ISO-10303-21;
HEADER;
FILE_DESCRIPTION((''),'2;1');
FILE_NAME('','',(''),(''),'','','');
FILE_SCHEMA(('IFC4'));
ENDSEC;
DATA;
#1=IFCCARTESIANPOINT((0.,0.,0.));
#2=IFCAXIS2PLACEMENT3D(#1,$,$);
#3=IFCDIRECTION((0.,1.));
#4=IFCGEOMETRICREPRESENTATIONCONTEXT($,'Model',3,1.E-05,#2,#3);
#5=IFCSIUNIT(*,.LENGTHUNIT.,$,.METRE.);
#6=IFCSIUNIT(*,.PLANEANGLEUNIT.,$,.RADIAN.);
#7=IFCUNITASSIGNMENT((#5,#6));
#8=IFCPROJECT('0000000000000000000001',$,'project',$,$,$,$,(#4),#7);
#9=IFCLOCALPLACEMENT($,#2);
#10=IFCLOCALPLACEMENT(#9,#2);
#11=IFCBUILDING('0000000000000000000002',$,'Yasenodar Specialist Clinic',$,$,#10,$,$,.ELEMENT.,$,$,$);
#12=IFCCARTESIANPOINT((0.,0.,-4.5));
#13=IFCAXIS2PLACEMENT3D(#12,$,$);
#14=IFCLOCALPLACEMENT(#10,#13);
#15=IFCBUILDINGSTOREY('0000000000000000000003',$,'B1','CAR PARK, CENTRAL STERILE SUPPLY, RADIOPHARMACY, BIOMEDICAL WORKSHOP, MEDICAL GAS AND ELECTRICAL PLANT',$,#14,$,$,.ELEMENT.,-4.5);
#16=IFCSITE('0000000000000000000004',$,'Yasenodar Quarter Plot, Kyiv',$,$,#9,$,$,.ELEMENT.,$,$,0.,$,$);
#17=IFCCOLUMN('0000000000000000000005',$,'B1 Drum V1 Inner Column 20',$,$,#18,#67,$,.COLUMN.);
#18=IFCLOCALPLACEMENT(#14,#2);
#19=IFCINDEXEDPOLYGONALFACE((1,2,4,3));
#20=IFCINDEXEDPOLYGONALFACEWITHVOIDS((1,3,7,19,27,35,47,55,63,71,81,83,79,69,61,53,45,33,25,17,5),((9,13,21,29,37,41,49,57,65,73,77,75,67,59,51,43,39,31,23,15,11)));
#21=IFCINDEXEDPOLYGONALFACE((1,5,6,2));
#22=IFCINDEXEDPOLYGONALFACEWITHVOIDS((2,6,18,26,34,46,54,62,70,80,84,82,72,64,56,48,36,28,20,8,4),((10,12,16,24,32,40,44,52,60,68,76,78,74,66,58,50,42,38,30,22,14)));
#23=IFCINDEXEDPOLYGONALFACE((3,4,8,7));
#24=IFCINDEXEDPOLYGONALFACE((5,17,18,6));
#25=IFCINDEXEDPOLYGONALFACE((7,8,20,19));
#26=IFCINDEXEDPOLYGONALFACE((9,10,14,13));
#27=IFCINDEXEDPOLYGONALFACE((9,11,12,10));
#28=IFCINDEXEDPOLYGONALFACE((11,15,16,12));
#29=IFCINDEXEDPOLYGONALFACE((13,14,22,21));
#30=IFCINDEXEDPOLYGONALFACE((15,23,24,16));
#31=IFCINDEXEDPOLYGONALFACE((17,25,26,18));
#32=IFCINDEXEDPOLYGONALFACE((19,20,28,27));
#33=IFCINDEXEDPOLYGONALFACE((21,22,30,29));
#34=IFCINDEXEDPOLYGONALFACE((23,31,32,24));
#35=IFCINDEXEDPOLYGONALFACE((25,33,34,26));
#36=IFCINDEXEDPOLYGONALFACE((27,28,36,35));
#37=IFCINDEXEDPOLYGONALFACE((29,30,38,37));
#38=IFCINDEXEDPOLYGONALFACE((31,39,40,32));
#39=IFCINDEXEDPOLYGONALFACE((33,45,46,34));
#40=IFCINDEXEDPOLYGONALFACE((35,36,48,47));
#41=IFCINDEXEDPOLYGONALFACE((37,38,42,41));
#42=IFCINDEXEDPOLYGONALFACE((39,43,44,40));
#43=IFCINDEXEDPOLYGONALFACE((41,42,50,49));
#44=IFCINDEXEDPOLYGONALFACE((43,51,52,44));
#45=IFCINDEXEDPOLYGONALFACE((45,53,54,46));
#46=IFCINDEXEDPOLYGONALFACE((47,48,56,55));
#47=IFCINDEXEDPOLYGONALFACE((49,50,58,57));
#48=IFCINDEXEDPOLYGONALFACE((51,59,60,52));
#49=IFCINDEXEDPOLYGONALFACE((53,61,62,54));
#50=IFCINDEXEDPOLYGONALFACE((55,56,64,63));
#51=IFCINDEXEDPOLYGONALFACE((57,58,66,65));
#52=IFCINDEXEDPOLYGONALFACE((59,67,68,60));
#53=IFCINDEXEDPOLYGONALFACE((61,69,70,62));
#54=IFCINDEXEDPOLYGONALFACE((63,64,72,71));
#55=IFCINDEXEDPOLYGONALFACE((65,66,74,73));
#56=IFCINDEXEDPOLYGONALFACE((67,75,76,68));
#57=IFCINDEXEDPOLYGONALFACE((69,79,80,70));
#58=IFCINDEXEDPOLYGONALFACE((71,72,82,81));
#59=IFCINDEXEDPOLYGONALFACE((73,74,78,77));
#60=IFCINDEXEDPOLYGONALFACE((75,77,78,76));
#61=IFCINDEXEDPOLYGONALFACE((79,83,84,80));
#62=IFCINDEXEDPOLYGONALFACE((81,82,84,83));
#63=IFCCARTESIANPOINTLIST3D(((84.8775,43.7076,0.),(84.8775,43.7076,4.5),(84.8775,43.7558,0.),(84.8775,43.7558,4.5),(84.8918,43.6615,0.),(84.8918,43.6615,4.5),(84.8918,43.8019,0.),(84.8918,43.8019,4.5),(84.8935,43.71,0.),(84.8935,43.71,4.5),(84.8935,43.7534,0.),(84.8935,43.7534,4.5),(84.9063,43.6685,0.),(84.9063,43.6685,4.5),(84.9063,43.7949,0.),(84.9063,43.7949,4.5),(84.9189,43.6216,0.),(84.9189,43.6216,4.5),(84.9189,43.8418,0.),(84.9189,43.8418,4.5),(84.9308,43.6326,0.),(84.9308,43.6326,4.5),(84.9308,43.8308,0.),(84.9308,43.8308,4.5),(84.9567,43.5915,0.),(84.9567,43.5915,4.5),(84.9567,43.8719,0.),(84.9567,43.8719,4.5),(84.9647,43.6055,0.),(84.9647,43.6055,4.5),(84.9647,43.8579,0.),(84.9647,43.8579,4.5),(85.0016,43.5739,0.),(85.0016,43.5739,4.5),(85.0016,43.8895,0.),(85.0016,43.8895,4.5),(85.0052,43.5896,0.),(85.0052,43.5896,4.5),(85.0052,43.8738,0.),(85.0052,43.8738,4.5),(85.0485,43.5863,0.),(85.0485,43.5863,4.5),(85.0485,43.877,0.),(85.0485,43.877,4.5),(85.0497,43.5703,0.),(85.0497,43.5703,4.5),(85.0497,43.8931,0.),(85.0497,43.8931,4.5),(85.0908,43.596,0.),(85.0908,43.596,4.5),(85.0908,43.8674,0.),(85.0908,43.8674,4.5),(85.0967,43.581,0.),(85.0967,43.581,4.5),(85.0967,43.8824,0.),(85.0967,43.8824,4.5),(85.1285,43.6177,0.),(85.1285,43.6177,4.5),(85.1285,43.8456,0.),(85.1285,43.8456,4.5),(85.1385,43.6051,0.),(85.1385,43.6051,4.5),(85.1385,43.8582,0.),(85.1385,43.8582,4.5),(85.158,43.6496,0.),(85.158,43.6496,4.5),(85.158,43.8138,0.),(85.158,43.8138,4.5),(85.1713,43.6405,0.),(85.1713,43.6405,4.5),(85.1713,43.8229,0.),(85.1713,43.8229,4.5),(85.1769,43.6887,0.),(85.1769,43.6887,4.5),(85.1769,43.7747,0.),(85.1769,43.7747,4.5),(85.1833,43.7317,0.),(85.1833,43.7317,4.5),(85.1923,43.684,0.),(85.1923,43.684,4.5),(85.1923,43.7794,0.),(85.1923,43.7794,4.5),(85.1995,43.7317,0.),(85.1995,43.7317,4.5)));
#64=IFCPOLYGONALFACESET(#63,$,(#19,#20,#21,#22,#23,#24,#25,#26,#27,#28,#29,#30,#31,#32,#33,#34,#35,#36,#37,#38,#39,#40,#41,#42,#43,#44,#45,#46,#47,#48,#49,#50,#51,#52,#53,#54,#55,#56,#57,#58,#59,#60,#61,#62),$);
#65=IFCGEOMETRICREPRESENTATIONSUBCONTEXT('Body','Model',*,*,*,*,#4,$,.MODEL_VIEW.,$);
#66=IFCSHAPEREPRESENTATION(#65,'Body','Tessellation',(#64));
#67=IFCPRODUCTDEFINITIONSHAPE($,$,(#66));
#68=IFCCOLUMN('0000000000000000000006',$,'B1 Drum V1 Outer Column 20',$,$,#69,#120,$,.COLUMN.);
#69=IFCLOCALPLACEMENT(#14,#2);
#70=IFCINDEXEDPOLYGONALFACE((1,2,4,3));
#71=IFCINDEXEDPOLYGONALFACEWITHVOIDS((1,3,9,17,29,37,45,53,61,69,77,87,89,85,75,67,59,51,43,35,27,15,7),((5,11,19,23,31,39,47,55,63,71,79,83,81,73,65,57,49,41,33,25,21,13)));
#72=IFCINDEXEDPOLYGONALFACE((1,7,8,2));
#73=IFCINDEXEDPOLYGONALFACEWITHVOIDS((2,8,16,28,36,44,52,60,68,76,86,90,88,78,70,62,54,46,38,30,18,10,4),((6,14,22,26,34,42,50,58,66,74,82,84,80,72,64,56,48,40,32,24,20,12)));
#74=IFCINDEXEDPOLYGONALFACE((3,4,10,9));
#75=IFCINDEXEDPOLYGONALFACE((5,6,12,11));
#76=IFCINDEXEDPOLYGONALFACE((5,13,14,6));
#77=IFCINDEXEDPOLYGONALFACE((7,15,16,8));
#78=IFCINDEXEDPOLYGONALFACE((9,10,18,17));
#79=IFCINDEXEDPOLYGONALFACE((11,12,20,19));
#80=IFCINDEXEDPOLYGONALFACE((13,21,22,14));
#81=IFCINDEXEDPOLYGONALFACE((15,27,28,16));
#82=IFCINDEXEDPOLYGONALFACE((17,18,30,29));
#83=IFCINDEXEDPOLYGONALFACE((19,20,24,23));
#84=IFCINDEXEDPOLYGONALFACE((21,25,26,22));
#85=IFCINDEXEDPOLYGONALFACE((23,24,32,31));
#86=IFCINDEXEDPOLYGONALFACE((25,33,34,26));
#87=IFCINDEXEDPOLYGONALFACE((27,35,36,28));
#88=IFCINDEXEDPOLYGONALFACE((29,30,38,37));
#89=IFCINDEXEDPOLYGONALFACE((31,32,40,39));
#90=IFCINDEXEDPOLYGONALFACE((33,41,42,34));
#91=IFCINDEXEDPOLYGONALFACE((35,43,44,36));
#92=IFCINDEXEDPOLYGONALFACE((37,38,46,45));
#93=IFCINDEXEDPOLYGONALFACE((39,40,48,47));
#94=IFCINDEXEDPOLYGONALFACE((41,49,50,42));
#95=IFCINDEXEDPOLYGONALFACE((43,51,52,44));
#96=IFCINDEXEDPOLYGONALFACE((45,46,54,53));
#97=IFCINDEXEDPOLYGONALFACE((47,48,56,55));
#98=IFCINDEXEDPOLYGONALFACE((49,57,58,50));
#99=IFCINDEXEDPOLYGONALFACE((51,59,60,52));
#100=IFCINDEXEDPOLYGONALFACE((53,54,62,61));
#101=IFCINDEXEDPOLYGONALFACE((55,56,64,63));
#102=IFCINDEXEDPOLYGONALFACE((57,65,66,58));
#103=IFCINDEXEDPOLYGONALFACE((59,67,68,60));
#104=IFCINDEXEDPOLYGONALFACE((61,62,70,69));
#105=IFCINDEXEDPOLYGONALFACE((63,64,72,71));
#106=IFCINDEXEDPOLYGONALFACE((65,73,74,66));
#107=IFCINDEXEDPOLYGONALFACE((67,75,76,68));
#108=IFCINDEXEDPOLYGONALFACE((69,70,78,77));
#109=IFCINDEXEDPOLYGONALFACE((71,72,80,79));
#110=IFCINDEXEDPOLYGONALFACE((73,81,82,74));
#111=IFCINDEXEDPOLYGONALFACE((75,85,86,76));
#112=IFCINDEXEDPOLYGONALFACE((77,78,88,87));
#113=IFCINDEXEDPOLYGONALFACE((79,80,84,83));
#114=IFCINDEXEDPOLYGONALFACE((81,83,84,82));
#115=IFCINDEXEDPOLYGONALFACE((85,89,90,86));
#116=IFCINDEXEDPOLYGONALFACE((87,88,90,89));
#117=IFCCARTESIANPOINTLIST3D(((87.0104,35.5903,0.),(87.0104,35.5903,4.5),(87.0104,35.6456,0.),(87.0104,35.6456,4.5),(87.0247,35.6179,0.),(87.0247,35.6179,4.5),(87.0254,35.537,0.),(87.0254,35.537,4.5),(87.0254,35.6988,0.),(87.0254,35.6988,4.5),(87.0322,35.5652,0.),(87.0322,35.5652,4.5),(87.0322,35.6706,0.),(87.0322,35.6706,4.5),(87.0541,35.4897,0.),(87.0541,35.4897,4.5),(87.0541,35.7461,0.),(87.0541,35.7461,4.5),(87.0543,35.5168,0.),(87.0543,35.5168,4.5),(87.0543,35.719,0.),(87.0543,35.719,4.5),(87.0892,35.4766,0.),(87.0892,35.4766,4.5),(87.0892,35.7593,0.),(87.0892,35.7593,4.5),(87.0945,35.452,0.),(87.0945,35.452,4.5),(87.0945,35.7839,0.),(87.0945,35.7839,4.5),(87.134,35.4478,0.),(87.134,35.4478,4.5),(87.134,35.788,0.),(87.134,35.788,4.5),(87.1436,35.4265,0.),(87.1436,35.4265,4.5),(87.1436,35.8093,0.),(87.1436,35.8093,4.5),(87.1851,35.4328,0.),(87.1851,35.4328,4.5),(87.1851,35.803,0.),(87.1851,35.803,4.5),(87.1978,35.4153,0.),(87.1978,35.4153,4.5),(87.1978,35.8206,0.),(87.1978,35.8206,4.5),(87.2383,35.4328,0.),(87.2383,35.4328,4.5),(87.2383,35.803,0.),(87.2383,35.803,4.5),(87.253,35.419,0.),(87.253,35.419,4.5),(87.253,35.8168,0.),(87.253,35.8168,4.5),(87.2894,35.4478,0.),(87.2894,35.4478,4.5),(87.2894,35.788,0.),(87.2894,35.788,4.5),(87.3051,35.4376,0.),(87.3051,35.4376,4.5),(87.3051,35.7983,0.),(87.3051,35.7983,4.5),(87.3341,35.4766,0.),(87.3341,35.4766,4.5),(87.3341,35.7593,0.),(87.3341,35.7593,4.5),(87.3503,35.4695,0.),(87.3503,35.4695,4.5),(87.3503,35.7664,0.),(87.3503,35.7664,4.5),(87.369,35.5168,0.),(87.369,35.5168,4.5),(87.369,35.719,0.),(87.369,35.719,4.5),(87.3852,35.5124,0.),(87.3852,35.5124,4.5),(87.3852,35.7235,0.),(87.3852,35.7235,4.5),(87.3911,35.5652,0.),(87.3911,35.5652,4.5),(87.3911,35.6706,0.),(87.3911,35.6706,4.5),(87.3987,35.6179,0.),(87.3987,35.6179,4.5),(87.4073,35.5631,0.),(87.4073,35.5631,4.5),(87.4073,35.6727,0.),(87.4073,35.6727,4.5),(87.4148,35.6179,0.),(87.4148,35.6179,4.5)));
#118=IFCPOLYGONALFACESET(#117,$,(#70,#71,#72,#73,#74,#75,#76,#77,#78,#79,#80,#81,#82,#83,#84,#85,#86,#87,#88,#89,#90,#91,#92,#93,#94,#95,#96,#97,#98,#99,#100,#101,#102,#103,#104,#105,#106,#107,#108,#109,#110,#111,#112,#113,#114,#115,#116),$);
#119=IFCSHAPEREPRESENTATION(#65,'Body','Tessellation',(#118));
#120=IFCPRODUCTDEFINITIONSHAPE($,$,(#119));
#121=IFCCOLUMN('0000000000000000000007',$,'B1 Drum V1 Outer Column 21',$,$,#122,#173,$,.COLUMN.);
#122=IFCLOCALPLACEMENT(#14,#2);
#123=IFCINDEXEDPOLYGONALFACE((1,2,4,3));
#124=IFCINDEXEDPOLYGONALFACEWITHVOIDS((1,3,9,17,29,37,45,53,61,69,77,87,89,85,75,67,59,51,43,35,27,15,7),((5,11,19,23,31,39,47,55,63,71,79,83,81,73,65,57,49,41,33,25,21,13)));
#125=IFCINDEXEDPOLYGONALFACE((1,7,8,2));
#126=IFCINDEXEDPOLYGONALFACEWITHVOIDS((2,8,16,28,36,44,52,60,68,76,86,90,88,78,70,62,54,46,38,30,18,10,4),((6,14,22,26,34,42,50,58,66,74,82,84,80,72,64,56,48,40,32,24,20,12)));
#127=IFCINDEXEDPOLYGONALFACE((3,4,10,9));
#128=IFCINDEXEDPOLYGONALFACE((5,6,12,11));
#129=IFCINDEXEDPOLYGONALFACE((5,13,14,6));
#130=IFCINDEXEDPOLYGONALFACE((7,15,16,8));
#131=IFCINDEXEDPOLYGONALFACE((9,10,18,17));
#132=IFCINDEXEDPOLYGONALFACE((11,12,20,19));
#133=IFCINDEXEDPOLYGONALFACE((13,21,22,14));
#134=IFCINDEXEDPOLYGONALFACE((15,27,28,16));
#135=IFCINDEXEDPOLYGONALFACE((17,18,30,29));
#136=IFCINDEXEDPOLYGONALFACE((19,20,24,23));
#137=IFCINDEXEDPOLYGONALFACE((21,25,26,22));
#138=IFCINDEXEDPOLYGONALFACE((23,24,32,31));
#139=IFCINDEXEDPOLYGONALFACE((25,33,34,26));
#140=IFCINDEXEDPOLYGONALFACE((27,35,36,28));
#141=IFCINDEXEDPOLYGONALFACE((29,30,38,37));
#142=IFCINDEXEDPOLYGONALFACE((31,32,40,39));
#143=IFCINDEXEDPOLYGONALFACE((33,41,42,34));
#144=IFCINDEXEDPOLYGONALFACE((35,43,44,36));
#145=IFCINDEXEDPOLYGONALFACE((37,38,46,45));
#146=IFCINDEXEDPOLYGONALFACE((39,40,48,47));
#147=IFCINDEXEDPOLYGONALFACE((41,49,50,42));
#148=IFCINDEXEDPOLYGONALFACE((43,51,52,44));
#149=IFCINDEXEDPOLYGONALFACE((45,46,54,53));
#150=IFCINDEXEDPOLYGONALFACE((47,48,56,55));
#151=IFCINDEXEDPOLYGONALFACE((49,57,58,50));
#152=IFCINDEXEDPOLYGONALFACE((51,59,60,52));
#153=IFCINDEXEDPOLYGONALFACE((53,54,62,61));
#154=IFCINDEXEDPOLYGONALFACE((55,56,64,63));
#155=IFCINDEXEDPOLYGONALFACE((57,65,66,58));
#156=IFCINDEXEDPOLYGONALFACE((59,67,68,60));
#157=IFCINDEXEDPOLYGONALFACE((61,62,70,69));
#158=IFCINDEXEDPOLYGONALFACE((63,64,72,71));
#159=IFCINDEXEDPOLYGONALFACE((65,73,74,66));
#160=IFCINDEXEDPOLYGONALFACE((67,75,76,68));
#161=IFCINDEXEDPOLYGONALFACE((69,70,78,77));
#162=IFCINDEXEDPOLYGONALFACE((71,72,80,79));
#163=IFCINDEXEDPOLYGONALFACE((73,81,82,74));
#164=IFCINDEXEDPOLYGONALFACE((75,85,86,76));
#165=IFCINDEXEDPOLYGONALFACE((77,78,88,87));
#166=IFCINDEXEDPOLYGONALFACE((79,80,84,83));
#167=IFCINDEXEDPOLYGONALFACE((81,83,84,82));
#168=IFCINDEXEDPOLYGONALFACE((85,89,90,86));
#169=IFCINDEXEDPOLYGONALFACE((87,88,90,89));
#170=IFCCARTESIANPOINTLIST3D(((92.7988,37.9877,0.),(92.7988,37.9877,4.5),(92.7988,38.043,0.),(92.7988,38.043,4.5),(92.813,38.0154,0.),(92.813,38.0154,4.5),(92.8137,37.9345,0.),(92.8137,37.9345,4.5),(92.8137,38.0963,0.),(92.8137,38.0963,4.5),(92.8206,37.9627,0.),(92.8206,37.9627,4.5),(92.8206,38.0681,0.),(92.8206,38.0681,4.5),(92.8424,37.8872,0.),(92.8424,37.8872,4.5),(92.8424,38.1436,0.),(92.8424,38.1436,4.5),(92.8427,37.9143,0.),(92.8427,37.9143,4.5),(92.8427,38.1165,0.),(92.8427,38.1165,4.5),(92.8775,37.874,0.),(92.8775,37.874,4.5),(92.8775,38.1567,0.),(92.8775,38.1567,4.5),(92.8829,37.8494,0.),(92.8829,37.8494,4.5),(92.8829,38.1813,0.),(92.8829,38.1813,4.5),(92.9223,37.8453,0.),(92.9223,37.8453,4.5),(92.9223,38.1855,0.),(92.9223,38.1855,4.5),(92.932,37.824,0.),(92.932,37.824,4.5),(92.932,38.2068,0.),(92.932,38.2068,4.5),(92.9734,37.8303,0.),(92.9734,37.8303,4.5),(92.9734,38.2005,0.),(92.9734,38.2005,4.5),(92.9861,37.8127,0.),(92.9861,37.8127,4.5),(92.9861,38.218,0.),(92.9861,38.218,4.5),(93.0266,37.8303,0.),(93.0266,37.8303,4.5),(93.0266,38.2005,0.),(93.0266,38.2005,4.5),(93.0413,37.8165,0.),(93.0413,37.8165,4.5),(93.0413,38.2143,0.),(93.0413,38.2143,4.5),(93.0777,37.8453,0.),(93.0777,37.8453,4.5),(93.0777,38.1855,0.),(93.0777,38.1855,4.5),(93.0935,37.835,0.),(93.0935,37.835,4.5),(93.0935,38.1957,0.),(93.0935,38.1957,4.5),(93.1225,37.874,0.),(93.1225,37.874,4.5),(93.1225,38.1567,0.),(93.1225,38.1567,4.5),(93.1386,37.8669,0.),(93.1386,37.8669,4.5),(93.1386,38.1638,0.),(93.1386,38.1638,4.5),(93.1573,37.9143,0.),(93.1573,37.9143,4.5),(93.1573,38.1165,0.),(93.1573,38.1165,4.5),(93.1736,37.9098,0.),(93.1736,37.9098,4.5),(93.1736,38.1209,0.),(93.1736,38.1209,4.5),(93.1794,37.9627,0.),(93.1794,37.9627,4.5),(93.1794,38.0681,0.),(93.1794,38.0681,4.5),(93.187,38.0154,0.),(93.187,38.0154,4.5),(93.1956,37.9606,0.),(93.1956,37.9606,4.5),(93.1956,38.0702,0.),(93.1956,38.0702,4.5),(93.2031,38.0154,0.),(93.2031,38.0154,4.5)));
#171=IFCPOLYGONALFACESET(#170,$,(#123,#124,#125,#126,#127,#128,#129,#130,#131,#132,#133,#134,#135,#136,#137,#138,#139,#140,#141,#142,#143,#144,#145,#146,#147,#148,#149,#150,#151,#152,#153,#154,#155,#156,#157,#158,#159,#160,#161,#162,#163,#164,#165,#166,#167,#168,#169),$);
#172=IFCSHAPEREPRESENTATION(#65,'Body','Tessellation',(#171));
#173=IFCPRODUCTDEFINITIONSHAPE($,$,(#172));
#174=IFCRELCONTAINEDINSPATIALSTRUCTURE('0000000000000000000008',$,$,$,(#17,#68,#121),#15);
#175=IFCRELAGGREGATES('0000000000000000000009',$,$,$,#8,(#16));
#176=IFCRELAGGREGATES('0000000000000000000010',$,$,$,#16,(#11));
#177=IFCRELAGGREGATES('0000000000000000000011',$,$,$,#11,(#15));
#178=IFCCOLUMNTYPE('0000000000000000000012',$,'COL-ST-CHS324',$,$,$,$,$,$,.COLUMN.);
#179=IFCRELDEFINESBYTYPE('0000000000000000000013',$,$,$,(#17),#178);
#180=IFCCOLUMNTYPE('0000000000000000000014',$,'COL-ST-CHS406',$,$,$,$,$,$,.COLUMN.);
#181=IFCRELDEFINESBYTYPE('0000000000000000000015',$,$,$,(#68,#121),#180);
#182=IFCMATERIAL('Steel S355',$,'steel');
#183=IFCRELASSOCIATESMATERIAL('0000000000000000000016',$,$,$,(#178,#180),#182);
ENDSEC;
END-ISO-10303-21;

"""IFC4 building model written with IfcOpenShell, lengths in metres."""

from ifc_helpers import new_model, si_unit, direction, frame, origin, origin_2d, place, context, subcontext, project, spatial, hollow_circle, extrude, material, material_profile, profile_set, type_object, element, save


model = new_model("IFC4")

# Units and contexts
model_context = context("Model", 3, precision=1e-05, world=origin(), true_north=direction((0.0, 1.0)))
body_context = subcontext(model_context, "Body", "Model", "MODEL_VIEW")
ifc_project = project(units=[si_unit("LENGTHUNIT", "METRE"), si_unit("PLANEANGLEUNIT", "RADIAN")], contexts=[model_context])

# Site, building, storey
site_placement = place(None, origin())
site = spatial("IfcSite", under=ifc_project, at=site_placement, Name="Yasenodar Quarter Plot, Kyiv", CompositionType="ELEMENT", RefElevation=0.0)
building_placement = place(site_placement, origin())
building = spatial("IfcBuilding", under=site, at=building_placement, Name="Yasenodar Specialist Clinic", CompositionType="ELEMENT")
storey_placement = place(building_placement, frame((0.0, 0.0, -4.5)))
storey = spatial("IfcBuildingStorey", under=building, at=storey_placement, Name="B1", Description="CAR PARK, CENTRAL STERILE SUPPLY, RADIOPHARMACY, BIOMEDICAL WORKSHOP, MEDICAL GAS AND ELECTRICAL PLANT", CompositionType="ELEMENT", Elevation=-4.5)

# Columns
ifc_material_1 = material(Name="Steel S355", Category="steel")
ifc_material_profile_1 = material_profile(ifc_material_1, hollow_circle(Radius=0.1619, WallThickness=0.0161, at=origin_2d()), Name="CHS 323.9x16")
ifc_profile_set_1 = profile_set([ifc_material_profile_1], Name="Steel S355")
column_type_1 = type_object("IfcColumnType", Name="COL-ST-CHS324", PredefinedType="COLUMN", material=ifc_profile_set_1)
column_placement = place(storey_placement, frame((85.0376, 43.7317, 0.0), z_axis=(0.0, 0.0, 1.0), x_axis=(1.0, 0.0, 0.0)))
element("IfcColumn", 1, at=column_placement, inside=storey, type_object=column_type_1, Name="B1 Drum V1 Inner Column 20", PredefinedType="COLUMN", context=body_context, shape_type="SweptSolid", body=[
    extrude(hollow_circle(Radius=0.1619, WallThickness=0.0161, at=origin_2d()), origin(), (0.0, 0.0, 1.0), 4.5),
])
ifc_material_profile_2 = material_profile(ifc_material_1, hollow_circle(Radius=0.2031, WallThickness=0.0161, at=origin_2d()), Name="CHS 406.4x16")
ifc_profile_set_2 = profile_set([ifc_material_profile_2], Name="Steel S355")
column_type_2 = type_object("IfcColumnType", Name="COL-ST-CHS406", PredefinedType="COLUMN", material=ifc_profile_set_2)
for number, where, z_axis, x_axis, name in (
    (2, (87.2117, 35.6179, 0.0), (0.0, 0.0, 1.0), (1.0, 0.0, 0.0), "B1 Drum V1 Outer Column 20"),
    (3, (93.0, 38.0154, 0.0), (0.0, 0.0, 1.0), (1.0, 0.0, 0.0), "B1 Drum V1 Outer Column 21"),
):
    element("IfcColumn", number, at=place(storey_placement, frame(where, z_axis=z_axis, x_axis=x_axis)), inside=storey, type_object=column_type_2, Name=name, PredefinedType="COLUMN", context=body_context, shape_type="SweptSolid", body=[
        extrude(hollow_circle(Radius=0.2031, WallThickness=0.0161, at=origin_2d()), origin(), (0.0, 0.0, 1.0), 4.5),
    ])

save(model, "model.ifc")
